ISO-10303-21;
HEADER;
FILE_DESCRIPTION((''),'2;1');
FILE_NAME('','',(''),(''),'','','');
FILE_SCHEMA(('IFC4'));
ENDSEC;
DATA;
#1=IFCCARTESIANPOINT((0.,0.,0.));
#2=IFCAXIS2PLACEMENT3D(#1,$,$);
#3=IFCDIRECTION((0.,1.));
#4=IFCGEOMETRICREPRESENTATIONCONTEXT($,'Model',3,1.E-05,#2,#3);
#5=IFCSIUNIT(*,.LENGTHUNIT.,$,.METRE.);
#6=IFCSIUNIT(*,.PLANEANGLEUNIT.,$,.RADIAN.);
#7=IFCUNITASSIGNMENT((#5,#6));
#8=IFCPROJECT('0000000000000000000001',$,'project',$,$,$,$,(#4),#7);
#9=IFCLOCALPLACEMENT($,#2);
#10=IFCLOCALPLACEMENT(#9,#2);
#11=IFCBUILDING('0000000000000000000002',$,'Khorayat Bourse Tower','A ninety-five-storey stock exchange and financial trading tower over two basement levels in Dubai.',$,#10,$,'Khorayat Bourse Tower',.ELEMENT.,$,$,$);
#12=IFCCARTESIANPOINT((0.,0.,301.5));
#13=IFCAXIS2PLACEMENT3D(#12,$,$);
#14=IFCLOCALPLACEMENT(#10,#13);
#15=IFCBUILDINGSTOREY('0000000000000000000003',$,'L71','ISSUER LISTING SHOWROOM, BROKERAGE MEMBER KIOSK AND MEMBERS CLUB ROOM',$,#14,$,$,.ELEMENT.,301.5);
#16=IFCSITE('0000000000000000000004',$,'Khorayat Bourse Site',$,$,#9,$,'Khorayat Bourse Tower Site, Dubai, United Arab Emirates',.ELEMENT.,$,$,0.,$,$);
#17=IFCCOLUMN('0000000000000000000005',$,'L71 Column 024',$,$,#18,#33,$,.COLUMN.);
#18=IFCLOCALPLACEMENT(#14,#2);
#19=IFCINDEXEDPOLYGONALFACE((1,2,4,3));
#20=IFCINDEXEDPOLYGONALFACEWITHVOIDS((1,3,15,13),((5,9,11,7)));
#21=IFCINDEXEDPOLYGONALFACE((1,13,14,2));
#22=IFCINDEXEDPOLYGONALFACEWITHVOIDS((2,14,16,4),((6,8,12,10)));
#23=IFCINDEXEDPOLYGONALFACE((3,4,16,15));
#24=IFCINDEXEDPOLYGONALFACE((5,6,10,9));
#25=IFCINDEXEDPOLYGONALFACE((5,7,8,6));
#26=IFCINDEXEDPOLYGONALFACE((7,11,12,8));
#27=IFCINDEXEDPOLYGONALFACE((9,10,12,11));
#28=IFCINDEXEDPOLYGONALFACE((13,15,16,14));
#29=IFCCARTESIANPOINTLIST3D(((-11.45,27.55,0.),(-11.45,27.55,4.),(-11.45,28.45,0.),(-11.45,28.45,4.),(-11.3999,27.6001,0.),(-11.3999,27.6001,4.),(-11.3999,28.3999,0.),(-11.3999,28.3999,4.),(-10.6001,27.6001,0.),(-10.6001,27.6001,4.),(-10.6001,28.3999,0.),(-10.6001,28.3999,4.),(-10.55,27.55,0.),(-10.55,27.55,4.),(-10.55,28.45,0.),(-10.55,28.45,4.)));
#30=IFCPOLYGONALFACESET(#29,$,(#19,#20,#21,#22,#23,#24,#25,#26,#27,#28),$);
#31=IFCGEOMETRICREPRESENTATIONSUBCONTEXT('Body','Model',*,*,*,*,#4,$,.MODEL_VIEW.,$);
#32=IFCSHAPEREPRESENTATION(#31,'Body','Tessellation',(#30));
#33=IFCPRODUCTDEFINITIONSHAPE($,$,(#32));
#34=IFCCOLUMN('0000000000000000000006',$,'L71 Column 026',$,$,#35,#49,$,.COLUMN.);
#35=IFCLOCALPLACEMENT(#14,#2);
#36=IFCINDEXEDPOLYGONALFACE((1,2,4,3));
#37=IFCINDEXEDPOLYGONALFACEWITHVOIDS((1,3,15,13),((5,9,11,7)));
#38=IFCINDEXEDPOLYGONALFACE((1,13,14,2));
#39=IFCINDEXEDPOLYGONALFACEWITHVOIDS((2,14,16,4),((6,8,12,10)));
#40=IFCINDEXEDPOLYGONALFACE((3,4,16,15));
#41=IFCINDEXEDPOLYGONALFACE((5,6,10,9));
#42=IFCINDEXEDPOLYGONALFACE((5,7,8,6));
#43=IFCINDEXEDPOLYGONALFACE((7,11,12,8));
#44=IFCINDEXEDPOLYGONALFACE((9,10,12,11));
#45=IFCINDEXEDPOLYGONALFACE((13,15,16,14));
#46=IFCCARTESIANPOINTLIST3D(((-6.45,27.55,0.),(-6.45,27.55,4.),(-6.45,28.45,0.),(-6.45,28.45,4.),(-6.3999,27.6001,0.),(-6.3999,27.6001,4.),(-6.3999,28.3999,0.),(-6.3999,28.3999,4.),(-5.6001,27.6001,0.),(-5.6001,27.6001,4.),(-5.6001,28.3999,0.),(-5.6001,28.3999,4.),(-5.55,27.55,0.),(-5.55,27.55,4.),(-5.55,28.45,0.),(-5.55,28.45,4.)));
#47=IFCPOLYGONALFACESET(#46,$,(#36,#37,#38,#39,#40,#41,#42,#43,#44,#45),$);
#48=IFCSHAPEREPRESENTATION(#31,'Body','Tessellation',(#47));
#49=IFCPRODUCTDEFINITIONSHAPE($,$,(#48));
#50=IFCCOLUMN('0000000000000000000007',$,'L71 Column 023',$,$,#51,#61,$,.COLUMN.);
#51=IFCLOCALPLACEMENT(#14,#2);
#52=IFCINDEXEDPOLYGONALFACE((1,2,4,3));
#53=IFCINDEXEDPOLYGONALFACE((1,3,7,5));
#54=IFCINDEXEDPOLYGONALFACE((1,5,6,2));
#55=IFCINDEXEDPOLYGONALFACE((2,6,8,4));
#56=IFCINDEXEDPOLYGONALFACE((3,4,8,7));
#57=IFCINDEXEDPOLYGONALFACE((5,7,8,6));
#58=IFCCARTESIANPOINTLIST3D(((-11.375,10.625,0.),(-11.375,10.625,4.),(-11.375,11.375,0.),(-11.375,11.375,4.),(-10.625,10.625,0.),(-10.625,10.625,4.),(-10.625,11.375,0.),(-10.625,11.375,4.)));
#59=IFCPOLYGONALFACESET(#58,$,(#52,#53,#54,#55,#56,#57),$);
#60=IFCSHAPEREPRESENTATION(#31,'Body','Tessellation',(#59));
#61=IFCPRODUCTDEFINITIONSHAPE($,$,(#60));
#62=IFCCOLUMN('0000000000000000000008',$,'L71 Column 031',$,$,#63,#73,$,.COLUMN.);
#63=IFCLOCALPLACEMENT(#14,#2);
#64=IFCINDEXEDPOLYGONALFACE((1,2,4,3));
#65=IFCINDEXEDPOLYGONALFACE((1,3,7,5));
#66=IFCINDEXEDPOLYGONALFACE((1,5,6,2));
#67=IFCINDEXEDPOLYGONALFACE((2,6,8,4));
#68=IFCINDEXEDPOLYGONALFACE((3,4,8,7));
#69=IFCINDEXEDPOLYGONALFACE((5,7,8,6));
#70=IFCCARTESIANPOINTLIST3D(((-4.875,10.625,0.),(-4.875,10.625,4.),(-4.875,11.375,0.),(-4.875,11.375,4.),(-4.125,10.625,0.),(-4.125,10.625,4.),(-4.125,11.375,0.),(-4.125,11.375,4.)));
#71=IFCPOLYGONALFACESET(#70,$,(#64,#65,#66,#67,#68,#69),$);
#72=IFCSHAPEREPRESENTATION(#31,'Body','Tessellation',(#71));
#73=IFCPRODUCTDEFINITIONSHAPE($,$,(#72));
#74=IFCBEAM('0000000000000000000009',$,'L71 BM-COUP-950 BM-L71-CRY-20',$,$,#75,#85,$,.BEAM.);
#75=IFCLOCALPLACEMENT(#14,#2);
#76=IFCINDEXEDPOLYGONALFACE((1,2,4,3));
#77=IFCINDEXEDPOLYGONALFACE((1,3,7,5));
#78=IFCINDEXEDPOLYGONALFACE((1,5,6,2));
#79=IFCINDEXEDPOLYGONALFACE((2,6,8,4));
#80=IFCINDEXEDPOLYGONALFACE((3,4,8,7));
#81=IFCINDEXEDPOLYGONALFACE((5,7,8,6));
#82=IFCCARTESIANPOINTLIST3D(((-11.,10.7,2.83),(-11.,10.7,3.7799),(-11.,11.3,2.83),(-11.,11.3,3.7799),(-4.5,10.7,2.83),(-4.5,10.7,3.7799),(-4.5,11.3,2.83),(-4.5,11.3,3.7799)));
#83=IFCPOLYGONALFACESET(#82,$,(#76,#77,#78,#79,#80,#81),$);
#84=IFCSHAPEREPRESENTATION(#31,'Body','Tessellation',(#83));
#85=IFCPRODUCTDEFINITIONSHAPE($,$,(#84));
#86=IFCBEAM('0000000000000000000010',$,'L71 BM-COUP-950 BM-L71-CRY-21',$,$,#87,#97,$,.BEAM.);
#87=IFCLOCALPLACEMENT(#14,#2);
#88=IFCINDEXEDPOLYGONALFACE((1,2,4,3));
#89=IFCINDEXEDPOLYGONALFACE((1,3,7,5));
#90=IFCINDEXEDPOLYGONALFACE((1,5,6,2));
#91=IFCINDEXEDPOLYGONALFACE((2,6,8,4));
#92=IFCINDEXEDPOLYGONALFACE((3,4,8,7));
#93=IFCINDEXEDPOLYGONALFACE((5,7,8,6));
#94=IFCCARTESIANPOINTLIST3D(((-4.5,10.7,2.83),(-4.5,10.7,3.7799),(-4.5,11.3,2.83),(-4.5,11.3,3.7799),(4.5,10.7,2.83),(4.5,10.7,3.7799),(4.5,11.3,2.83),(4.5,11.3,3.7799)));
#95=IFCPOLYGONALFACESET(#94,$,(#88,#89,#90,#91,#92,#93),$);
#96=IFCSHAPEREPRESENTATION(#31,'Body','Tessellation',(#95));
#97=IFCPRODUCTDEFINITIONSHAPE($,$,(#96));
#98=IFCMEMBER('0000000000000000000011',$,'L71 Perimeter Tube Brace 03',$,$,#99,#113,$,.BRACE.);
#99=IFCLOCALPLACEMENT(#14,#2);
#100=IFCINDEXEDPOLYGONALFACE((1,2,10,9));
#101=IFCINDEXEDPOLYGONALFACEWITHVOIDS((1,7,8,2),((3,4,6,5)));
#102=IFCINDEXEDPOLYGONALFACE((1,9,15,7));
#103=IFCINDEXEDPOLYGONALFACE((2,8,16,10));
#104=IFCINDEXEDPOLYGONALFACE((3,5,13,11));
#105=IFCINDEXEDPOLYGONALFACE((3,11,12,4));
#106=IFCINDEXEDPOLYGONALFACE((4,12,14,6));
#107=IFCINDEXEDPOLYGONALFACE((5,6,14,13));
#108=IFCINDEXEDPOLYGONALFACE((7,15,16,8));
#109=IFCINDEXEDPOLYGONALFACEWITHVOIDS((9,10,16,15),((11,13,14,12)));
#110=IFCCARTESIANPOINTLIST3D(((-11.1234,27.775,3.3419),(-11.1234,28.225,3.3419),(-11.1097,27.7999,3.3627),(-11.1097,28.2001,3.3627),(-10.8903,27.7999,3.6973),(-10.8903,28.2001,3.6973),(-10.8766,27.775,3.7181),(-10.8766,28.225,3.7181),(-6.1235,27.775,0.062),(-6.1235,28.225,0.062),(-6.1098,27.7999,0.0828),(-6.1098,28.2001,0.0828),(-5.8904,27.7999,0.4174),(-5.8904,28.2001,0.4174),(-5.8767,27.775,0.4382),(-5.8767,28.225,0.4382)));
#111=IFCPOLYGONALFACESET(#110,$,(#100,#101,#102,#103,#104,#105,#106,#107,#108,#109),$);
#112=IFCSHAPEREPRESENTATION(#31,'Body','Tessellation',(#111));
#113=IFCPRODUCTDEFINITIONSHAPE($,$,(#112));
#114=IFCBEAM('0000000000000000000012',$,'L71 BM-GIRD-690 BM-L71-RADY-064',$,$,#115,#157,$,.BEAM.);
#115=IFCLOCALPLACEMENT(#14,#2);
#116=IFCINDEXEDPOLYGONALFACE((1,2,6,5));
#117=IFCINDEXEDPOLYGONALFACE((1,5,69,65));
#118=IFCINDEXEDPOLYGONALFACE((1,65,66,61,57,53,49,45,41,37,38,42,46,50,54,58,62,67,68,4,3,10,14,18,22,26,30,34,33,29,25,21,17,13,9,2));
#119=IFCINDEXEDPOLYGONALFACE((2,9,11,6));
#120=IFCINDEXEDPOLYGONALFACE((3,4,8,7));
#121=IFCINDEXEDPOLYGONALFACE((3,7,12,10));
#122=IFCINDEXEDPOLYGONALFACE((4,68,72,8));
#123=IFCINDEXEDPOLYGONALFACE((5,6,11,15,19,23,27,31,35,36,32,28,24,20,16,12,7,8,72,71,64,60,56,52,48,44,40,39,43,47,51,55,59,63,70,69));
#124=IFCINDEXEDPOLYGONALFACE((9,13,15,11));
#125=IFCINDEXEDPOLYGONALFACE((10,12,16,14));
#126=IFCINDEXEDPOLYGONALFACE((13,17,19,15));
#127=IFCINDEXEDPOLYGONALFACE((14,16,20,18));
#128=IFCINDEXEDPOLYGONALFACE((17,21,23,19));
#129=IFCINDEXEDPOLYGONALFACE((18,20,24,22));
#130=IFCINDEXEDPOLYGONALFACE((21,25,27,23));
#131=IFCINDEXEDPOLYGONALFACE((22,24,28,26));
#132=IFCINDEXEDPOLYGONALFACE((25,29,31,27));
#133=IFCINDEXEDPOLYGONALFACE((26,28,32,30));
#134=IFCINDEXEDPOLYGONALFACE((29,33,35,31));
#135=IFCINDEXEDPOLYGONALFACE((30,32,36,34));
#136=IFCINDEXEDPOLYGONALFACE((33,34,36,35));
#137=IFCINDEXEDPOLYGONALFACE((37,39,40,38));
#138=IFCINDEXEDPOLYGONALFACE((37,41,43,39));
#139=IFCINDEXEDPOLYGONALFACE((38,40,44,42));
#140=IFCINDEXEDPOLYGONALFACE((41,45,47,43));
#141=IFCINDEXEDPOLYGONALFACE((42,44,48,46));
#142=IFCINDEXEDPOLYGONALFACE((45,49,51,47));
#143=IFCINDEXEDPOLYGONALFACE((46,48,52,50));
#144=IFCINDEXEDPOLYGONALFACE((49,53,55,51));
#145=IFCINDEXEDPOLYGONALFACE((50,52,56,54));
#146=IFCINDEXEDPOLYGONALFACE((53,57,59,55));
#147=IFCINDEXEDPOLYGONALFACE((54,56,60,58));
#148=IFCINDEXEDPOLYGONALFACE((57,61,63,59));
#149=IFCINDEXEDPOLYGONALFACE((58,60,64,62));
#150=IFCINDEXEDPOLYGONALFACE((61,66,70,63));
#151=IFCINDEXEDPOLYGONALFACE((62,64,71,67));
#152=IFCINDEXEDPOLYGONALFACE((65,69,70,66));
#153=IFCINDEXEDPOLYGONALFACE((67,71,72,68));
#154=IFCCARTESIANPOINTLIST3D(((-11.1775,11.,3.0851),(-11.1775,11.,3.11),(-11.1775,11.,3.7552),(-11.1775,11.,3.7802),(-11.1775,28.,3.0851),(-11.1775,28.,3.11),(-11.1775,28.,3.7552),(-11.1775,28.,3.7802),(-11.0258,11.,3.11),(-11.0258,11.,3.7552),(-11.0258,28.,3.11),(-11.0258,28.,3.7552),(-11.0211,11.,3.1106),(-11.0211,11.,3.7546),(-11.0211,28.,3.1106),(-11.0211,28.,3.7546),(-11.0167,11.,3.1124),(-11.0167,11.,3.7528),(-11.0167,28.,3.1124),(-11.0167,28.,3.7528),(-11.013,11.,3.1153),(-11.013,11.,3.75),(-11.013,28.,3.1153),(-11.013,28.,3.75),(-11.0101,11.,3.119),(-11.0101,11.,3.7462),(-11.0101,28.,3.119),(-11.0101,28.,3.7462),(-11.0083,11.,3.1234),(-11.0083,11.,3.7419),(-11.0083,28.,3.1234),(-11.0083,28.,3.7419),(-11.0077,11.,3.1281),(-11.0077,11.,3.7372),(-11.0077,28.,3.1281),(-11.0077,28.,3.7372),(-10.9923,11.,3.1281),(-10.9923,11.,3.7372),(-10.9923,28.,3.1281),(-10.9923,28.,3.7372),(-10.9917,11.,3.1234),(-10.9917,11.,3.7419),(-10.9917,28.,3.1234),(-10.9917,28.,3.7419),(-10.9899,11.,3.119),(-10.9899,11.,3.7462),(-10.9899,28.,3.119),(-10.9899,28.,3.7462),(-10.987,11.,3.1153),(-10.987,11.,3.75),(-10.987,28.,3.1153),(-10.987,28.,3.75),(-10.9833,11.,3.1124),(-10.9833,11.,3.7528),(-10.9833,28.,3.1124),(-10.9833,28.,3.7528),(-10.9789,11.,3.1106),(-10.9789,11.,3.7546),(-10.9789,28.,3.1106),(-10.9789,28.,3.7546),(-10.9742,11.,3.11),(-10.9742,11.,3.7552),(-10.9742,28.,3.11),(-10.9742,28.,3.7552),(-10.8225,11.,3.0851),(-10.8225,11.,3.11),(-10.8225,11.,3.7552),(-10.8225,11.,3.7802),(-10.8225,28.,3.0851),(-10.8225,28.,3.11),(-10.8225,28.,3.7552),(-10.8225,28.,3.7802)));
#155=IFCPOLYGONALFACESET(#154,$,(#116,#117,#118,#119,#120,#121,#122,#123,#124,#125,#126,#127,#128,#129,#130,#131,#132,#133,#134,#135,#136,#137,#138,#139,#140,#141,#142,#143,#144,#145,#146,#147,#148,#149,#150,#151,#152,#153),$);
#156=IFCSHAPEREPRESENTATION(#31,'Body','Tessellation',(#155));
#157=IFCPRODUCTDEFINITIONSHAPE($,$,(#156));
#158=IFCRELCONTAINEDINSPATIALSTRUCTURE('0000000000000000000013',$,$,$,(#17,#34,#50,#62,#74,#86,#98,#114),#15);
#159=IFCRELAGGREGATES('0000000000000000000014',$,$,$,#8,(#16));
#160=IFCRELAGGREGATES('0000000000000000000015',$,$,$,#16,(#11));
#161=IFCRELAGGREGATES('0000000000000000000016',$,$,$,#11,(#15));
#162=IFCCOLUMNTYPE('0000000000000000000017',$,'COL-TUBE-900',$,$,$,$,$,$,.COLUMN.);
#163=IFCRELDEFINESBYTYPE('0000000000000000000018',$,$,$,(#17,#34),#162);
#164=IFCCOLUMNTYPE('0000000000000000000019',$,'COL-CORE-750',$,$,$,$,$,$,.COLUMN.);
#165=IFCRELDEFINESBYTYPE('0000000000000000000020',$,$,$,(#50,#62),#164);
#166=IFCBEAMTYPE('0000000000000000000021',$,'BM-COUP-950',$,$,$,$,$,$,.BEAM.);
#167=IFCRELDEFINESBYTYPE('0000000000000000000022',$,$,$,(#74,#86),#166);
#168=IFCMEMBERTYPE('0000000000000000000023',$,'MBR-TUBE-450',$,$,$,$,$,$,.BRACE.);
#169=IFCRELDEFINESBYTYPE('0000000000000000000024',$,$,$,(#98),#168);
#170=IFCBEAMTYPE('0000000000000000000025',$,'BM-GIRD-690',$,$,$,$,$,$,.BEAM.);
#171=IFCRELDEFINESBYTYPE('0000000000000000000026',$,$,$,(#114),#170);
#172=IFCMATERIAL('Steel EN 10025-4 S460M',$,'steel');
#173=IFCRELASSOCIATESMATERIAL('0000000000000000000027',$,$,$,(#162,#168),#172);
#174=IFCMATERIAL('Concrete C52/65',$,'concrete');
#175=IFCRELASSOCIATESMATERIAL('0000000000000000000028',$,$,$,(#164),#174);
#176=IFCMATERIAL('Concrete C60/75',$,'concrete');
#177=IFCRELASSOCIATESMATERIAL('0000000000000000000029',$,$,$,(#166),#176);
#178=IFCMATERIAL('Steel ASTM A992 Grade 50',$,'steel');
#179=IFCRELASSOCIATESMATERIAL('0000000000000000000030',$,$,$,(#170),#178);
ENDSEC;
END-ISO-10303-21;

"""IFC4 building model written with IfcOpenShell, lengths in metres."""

from ifc_helpers import new_model, si_unit, direction, frame, origin, origin_2d, place, context, subcontext, project, spatial, rectangle, hollow_rectangle, i_section, extrude, source, transform, mapped, material, material_profile, profile_set, type_object, element, save


model = new_model("IFC4")

# Units and contexts
model_context = context("Model", 3, precision=1e-05, world=origin(), true_north=direction((0.0, 1.0)))
body_context = subcontext(model_context, "Body", "Model", "MODEL_VIEW")
ifc_project = project(units=[si_unit("LENGTHUNIT", "METRE"), si_unit("PLANEANGLEUNIT", "RADIAN")], contexts=[model_context])

# Site, building, storey
site_placement = place(None, origin())
site = spatial("IfcSite", under=ifc_project, at=site_placement, Name="Khorayat Bourse Site", LongName="Khorayat Bourse Tower Site, Dubai, United Arab Emirates", CompositionType="ELEMENT", RefElevation=0.0)
building_placement = place(site_placement, origin())
building = spatial("IfcBuilding", under=site, at=building_placement, Name="Khorayat Bourse Tower", Description="A ninety-five-storey stock exchange and financial trading tower over two basement levels in Dubai.", LongName="Khorayat Bourse Tower", CompositionType="ELEMENT")
storey_placement = place(building_placement, frame((0.0, 0.0, 301.5)))
storey = spatial("IfcBuildingStorey", under=building, at=storey_placement, Name="L71", Description="ISSUER LISTING SHOWROOM, BROKERAGE MEMBER KIOSK AND MEMBERS CLUB ROOM", CompositionType="ELEMENT", Elevation=301.5)

# Columns
ifc_material_1 = material(Name="Steel EN 10025-4 S460M", Category="steel")
ifc_material_profile_1 = material_profile(ifc_material_1, hollow_rectangle(XDim=0.8999, YDim=0.8999, WallThickness=0.05, at=origin_2d()), Name="BOX 900x900x50")
ifc_profile_set_1 = profile_set([ifc_material_profile_1], Name="Steel EN 10025-4 S460M")
column_type_1 = type_object("IfcColumnType", Name="COL-TUBE-900", PredefinedType="COLUMN", material=ifc_profile_set_1)
shared_shape_1 = source(origin(), body_context, "Body", "SweptSolid", [
    extrude(hollow_rectangle(XDim=0.8999, YDim=0.8999, WallThickness=0.05, at=origin_2d()), origin(), (0.0, 0.0, 1.0), 4.0),
])
for number, where, z_axis, x_axis, name in (
    (1, (-11.0, 28.0, 0.0), (0.0, 0.0, 1.0), (1.0, 0.0, 0.0), "L71 Column 024"),
    (2, (-6.0, 28.0, 0.0), (0.0, 0.0, 1.0), (1.0, 0.0, 0.0), "L71 Column 026"),
):
    element("IfcColumn", number, at=place(storey_placement, frame(where, z_axis=z_axis, x_axis=x_axis)), inside=storey, type_object=column_type_1, Name=name, PredefinedType="COLUMN", context=body_context, shape_type="MappedRepresentation", body=[
        mapped(shared_shape_1, transform((0.0, 0.0, 0.0), scale=1.0)),
    ])
ifc_material_2 = material(Name="Concrete C52/65", Category="concrete")
ifc_material_profile_2 = material_profile(ifc_material_2, rectangle(XDim=0.75, YDim=0.75, at=origin_2d()), Name="RC 750x750")
ifc_profile_set_2 = profile_set([ifc_material_profile_2], Name="Concrete C52/65")
column_type_2 = type_object("IfcColumnType", Name="COL-CORE-750", PredefinedType="COLUMN", material=ifc_profile_set_2)
shared_shape_2 = source(origin(), body_context, "Body", "SweptSolid", [
    extrude(rectangle(XDim=0.75, YDim=0.75, at=origin_2d()), origin(), (0.0, 0.0, 1.0), 4.0),
])
for number, where, z_axis, x_axis, name in (
    (3, (-11.0, 11.0, 0.0), (0.0, 0.0, 1.0), (1.0, 0.0, 0.0), "L71 Column 023"),
    (4, (-4.5, 11.0, 0.0), (0.0, 0.0, 1.0), (1.0, 0.0, 0.0), "L71 Column 031"),
):
    element("IfcColumn", number, at=place(storey_placement, frame(where, z_axis=z_axis, x_axis=x_axis)), inside=storey, type_object=column_type_2, Name=name, PredefinedType="COLUMN", context=body_context, shape_type="MappedRepresentation", body=[
        mapped(shared_shape_2, transform((0.0, 0.0, 0.0), scale=1.0)),
    ])

# Beams
ifc_material_3 = material(Name="Concrete C60/75", Category="concrete")
ifc_material_profile_3 = material_profile(ifc_material_3, rectangle(XDim=0.6001, YDim=0.95, at=origin_2d()), Name="RC 600x950")
ifc_profile_set_3 = profile_set([ifc_material_profile_3], Name="Concrete C60/75")
beam_type_1 = type_object("IfcBeamType", Name="BM-COUP-950", PredefinedType="BEAM", material=ifc_profile_set_3)
shared_shape_3 = source(origin(), body_context, "Body", "SweptSolid", [
    extrude(rectangle(XDim=0.6001, YDim=0.95, at=origin_2d()), origin(), (0.0, 0.0, 1.0), 6.5),
])
beam_1_placement = place(storey_placement, frame((-11.0, 11.0, 3.3049), z_axis=(1.0, 0.0, 0.0), x_axis=(0.0, 1.0, 0.0)))
element("IfcBeam", 5, at=beam_1_placement, inside=storey, type_object=beam_type_1, Name="L71 BM-COUP-950 BM-L71-CRY-20", PredefinedType="BEAM", context=body_context, shape_type="MappedRepresentation", body=[
    mapped(shared_shape_3, transform((0.0, 0.0, 0.0), scale=1.0)),
])
shared_shape_4 = source(origin(), body_context, "Body", "SweptSolid", [
    extrude(rectangle(XDim=0.6001, YDim=0.95, at=origin_2d()), origin(), (0.0, 0.0, 1.0), 9.0),
])
beam_2_placement = place(storey_placement, frame((-4.5, 11.0, 3.3049), z_axis=(1.0, 0.0, 0.0), x_axis=(0.0, 1.0, 0.0)))
element("IfcBeam", 6, at=beam_2_placement, inside=storey, type_object=beam_type_1, Name="L71 BM-COUP-950 BM-L71-CRY-21", PredefinedType="BEAM", context=body_context, shape_type="MappedRepresentation", body=[
    mapped(shared_shape_4, transform((0.0, 0.0, 0.0), scale=1.0)),
])

# Member
ifc_material_profile_4 = material_profile(ifc_material_1, hollow_rectangle(XDim=0.45, YDim=0.45, WallThickness=0.0249, at=origin_2d()), Name="HSS 450x450x25")
ifc_profile_set_4 = profile_set([ifc_material_profile_4], Name="Steel EN 10025-4 S460M")
member_type_1 = type_object("IfcMemberType", Name="MBR-TUBE-450", PredefinedType="BRACE", material=ifc_profile_set_4)
shared_shape_5 = source(origin(), body_context, "Body", "SweptSolid", [
    extrude(hollow_rectangle(XDim=0.45, YDim=0.45, WallThickness=0.0249, at=origin_2d()), origin(), (0.0, 0.0, 1.0), 5.9797),
])
member_1_placement = place(storey_placement, frame((-11.0, 28.0, 3.53), z_axis=(0.836142, 0.0, -0.548514), x_axis=(0.0, 1.0, 0.0)))
element("IfcMember", 7, at=member_1_placement, inside=storey, type_object=member_type_1, Name="L71 Perimeter Tube Brace 03", PredefinedType="BRACE", context=body_context, shape_type="MappedRepresentation", body=[
    mapped(shared_shape_5, transform((0.0, 0.0, 0.0), scale=1.0)),
])

# Beam
ifc_material_4 = material(Name="Steel ASTM A992 Grade 50", Category="steel")
ifc_material_profile_5 = material_profile(ifc_material_4, i_section(OverallWidth=0.355, OverallDepth=0.6951, WebThickness=0.0154, FlangeThickness=0.0249, FilletRadius=0.0181, at=origin_2d()), Name="W690X217")
ifc_profile_set_5 = profile_set([ifc_material_profile_5], Name="Steel ASTM A992 Grade 50")
beam_type_2 = type_object("IfcBeamType", Name="BM-GIRD-690", PredefinedType="BEAM", material=ifc_profile_set_5)
shared_shape_6 = source(origin(), body_context, "Body", "SweptSolid", [
    extrude(i_section(OverallWidth=0.355, OverallDepth=0.6951, WebThickness=0.0154, FlangeThickness=0.0249, FilletRadius=0.0181, at=origin_2d()), origin(), (0.0, 0.0, 1.0), 17.0),
])
for number, where, z_axis, x_axis, name in (
    (8, (-11.0, 11.0, 3.4326), (0.0, 1.0, 0.0), (-1.0, 0.0, 0.0), "L71 BM-GIRD-690 BM-L71-RADY-064"),
):
    element("IfcBeam", number, at=place(storey_placement, frame(where, z_axis=z_axis, x_axis=x_axis)), inside=storey, type_object=beam_type_2, Name=name, PredefinedType="BEAM", context=body_context, shape_type="MappedRepresentation", body=[
        mapped(shared_shape_6, transform((0.0, 0.0, 0.0), scale=1.0)),
    ])

save(model, "model.ifc")
